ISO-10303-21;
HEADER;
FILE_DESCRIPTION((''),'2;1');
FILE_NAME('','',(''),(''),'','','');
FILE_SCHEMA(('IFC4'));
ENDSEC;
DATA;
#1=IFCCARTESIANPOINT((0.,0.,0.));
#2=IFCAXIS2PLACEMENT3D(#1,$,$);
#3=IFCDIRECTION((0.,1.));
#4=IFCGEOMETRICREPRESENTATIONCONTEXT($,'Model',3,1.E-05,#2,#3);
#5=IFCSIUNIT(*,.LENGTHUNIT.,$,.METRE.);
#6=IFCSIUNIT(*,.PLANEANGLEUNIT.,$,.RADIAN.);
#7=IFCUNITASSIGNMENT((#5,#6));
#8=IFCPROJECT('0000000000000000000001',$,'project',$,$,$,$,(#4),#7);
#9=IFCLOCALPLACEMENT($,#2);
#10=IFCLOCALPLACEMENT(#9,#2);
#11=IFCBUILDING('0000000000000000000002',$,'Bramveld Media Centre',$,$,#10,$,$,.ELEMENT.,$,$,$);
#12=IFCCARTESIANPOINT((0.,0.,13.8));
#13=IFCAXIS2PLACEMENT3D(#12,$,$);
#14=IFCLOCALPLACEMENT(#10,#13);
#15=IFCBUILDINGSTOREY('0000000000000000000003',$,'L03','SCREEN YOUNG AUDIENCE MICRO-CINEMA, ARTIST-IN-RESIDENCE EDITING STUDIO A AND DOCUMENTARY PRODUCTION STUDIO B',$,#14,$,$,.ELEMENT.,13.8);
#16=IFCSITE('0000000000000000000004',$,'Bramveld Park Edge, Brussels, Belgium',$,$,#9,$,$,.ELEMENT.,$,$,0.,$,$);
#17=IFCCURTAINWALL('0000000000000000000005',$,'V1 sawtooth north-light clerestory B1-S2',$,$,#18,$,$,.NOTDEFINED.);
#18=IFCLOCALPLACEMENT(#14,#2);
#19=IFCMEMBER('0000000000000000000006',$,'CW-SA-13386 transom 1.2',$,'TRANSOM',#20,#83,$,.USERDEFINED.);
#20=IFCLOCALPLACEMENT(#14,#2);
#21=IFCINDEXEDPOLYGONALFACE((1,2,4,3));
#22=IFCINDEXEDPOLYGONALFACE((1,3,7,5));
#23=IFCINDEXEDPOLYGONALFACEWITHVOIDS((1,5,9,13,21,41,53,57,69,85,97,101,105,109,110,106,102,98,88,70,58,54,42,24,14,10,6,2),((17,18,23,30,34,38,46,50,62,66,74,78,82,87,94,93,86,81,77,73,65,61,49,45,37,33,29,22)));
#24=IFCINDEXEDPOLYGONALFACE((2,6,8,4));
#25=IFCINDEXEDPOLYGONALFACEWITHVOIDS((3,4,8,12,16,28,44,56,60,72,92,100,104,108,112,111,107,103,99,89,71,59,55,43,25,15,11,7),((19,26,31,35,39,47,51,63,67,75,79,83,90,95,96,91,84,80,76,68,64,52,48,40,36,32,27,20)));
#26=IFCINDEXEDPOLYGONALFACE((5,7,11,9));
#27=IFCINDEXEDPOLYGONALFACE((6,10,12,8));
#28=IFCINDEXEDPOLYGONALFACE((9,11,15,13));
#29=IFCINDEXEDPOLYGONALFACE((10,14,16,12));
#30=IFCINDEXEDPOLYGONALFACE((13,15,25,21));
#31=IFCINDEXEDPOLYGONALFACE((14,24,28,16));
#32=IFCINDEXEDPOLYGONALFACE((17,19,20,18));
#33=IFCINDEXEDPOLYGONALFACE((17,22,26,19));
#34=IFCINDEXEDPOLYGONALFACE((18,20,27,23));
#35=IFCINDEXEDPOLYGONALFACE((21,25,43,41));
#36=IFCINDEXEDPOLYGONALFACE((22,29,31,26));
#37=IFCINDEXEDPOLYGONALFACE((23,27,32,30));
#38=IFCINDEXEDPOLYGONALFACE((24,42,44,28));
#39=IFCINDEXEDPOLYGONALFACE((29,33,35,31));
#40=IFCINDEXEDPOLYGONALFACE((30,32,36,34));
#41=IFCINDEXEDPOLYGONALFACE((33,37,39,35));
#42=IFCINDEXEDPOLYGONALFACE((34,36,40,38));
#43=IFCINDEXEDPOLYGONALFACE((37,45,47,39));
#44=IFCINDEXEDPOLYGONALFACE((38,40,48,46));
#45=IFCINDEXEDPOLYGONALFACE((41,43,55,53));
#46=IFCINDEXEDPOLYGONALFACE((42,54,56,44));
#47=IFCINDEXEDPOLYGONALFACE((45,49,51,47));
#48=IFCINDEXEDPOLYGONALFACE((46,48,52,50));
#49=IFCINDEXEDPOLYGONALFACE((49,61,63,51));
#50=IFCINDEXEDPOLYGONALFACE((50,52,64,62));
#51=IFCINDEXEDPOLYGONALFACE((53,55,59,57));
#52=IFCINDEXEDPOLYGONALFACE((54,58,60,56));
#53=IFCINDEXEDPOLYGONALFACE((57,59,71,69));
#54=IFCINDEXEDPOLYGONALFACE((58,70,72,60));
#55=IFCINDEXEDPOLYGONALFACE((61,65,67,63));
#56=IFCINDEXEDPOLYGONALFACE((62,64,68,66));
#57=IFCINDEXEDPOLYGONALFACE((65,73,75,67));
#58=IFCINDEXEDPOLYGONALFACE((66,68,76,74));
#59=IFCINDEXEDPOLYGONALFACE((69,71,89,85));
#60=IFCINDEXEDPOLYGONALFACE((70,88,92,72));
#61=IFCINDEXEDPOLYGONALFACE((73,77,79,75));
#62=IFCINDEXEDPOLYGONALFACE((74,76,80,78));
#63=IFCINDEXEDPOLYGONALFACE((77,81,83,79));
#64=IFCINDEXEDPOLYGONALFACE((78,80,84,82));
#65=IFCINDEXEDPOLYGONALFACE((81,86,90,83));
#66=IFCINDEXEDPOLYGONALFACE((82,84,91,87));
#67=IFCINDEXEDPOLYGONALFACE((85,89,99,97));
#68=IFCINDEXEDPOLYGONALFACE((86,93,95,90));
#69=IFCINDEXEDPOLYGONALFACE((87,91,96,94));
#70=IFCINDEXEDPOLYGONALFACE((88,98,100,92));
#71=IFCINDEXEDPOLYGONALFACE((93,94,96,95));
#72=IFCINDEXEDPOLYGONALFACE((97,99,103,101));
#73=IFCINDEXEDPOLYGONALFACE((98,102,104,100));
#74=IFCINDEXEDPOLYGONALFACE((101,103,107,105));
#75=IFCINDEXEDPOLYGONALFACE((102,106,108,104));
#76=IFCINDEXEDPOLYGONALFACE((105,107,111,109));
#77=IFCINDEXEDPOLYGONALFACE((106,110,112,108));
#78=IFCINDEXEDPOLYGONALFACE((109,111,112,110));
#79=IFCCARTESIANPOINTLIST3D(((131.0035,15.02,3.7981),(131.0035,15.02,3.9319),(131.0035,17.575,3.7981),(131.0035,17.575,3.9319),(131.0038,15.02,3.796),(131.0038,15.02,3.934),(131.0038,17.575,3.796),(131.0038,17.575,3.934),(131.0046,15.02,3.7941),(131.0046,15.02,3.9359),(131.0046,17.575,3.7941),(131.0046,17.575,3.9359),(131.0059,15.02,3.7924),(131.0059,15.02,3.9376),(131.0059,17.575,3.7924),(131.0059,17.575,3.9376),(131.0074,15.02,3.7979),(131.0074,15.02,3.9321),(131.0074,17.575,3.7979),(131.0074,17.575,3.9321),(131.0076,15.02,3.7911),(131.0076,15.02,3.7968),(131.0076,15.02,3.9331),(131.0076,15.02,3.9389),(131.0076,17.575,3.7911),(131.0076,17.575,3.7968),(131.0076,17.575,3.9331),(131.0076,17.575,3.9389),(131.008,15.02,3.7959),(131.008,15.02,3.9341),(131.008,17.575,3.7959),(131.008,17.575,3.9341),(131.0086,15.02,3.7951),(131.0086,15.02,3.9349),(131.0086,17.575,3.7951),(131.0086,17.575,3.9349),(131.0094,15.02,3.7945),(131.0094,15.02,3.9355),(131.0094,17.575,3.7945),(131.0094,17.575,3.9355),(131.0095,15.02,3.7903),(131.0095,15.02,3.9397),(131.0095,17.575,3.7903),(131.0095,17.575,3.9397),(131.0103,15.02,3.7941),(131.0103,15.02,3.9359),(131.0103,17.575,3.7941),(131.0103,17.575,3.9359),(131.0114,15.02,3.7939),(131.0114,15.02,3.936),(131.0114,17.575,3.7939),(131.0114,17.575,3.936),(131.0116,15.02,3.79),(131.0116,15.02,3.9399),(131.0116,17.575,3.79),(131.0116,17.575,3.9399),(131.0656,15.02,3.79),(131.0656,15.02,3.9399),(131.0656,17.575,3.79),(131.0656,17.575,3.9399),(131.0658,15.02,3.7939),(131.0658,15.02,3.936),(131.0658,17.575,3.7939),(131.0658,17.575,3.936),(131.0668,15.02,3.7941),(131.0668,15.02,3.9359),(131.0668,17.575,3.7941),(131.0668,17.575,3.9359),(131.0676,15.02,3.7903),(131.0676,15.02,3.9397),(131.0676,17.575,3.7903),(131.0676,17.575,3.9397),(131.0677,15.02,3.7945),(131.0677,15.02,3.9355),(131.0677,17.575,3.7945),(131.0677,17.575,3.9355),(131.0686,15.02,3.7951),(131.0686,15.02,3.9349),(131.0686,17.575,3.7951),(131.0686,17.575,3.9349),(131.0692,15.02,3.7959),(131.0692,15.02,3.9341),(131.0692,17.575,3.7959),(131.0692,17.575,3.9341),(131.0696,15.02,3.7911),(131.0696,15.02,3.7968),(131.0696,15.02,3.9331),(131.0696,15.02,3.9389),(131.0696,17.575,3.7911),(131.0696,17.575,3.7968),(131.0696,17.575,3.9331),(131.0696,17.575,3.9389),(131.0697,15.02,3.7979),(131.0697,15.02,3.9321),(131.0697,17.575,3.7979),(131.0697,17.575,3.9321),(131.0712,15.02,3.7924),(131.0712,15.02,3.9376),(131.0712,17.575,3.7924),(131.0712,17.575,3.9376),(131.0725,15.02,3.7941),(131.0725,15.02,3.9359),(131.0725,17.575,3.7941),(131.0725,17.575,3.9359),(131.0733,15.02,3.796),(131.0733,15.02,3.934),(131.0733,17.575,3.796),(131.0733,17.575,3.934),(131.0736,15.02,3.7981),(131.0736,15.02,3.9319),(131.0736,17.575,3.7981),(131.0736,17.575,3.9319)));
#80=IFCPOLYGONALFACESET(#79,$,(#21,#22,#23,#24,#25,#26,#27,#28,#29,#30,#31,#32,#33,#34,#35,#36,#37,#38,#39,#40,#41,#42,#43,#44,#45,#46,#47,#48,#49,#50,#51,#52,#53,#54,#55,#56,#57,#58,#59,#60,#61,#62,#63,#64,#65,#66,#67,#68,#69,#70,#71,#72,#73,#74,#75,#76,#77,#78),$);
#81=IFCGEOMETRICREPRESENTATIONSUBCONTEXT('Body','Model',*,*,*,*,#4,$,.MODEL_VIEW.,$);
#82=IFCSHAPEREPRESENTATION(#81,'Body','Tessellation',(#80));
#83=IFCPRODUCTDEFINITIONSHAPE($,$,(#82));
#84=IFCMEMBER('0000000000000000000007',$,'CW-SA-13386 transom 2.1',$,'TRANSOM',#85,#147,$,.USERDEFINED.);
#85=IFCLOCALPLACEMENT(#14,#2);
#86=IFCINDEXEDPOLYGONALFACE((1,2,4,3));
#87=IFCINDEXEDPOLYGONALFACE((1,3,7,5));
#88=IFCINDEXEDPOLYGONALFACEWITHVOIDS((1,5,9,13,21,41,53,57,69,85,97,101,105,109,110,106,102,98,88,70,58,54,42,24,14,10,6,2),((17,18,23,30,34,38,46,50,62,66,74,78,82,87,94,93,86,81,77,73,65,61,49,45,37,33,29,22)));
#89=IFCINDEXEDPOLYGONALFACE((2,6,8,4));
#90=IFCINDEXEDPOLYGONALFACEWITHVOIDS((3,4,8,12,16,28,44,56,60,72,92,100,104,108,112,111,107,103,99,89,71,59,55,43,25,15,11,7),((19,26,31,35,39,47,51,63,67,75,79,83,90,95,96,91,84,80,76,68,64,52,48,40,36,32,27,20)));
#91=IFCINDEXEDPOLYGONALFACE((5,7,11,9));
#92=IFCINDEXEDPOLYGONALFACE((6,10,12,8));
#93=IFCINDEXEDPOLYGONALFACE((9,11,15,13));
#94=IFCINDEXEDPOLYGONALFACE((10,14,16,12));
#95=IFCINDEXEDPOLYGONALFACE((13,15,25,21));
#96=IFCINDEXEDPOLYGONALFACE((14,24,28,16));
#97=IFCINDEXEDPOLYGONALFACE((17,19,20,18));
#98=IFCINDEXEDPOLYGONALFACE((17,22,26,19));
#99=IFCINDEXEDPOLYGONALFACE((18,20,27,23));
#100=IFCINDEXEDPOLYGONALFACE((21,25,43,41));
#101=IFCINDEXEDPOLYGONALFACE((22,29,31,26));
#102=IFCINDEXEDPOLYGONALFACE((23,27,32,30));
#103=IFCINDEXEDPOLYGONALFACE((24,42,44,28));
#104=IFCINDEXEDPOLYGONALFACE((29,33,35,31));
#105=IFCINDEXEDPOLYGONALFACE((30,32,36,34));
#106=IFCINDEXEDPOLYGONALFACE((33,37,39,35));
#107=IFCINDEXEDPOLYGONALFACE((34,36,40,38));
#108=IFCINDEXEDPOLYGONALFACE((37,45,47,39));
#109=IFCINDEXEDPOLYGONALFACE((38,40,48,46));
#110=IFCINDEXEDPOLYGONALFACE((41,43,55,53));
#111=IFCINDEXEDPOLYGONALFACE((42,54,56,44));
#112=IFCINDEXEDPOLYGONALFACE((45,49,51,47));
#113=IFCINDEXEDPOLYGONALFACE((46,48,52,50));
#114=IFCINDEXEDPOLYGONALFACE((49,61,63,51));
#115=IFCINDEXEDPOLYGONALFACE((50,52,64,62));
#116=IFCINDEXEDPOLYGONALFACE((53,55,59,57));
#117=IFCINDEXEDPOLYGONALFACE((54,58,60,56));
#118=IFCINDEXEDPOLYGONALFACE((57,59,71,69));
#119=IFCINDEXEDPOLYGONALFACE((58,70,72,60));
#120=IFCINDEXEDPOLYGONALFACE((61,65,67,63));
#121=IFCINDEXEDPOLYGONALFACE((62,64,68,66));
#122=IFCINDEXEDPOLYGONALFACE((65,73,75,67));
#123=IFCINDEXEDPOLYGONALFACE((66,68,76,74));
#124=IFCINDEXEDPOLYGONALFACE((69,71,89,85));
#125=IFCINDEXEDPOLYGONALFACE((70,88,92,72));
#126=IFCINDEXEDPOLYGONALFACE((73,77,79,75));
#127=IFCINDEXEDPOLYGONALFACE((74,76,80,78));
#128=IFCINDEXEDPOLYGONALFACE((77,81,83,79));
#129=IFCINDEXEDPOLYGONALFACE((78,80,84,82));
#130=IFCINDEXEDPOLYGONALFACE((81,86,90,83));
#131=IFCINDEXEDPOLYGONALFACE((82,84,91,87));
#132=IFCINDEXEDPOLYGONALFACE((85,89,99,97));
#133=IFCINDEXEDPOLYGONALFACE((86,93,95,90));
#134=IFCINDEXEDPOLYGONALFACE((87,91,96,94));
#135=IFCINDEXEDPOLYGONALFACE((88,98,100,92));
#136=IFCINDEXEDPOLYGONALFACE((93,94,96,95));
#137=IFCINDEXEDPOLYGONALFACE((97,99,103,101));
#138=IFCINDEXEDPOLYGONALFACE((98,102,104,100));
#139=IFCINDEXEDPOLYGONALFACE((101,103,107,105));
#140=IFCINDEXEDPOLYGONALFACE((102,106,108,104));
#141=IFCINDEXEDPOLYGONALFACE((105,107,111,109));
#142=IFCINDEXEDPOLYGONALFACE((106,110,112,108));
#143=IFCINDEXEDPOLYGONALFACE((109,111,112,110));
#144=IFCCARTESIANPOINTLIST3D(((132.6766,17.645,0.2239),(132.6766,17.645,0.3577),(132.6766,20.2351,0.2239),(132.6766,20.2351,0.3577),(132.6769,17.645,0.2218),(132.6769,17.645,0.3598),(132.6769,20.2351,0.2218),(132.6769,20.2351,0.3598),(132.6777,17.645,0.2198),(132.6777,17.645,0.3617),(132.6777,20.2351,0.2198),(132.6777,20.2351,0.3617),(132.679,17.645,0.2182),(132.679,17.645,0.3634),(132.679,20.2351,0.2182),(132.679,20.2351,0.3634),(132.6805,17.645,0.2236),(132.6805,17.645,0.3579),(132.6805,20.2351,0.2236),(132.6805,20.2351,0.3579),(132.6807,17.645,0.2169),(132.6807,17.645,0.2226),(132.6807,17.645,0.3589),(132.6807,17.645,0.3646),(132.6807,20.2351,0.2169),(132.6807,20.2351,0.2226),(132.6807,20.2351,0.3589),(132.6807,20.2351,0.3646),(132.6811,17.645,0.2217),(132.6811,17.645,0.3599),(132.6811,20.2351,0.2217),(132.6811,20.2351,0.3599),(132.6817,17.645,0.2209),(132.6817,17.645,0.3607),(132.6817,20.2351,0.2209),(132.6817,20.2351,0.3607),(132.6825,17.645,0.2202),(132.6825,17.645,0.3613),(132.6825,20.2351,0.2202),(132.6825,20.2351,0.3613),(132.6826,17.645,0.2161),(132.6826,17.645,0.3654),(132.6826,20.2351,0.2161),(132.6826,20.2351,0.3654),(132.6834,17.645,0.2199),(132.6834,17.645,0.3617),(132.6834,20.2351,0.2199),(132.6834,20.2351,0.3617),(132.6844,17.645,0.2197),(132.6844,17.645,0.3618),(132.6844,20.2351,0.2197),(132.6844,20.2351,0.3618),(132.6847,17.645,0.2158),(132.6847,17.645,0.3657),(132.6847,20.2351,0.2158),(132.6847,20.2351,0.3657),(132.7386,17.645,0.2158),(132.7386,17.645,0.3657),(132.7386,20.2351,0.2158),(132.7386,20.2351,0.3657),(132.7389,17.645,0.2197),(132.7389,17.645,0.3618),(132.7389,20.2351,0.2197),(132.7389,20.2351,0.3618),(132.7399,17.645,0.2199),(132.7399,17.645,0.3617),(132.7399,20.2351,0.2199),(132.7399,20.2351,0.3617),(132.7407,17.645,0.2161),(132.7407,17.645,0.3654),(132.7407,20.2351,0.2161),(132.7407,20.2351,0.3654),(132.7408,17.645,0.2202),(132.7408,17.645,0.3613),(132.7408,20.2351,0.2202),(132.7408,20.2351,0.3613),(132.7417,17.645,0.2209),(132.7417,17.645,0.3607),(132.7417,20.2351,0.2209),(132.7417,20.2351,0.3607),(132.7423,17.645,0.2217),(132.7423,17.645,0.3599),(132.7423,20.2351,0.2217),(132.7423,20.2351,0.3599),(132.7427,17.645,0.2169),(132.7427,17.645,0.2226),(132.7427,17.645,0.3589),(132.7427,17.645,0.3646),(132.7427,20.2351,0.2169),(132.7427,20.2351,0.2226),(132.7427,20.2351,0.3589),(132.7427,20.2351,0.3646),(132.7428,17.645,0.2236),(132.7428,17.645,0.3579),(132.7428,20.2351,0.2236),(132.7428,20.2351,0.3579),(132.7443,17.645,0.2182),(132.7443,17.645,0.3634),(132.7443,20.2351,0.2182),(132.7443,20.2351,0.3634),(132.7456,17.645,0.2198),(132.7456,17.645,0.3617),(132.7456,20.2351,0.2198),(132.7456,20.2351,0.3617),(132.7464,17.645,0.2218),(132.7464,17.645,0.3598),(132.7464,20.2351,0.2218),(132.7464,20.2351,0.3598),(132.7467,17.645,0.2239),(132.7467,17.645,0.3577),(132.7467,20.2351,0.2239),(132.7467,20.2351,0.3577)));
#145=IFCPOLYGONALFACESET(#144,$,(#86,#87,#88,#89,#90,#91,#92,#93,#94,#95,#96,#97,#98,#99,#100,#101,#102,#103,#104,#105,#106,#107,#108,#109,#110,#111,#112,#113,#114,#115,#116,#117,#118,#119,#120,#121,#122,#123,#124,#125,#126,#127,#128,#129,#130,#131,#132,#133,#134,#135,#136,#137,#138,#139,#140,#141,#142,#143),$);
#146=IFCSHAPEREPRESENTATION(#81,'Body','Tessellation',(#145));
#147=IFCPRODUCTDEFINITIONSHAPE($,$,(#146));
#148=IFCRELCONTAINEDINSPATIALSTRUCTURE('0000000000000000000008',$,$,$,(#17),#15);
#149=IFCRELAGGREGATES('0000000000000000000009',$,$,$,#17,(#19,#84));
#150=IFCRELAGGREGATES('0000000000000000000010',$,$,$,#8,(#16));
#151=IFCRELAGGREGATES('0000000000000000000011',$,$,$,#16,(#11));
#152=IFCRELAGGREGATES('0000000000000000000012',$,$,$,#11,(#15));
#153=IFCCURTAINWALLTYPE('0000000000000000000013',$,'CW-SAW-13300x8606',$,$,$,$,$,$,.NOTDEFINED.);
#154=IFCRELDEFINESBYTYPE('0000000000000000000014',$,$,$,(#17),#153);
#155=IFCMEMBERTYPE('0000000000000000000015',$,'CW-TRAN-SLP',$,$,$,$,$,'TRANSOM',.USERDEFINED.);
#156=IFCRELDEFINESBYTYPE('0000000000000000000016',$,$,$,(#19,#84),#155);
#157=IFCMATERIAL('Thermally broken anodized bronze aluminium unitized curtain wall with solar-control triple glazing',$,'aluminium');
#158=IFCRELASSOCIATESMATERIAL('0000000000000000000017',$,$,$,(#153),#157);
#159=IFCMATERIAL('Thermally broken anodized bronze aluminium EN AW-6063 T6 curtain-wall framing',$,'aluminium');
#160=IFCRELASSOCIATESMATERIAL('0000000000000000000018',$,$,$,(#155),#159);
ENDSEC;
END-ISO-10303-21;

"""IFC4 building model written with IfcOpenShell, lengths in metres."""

from ifc_helpers import new_model, si_unit, direction, frame, origin, origin_2d, place, context, subcontext, project, spatial, hollow_rectangle, extrude, material, material_profile, profile_set, type_object, element, aggregate, save


model = new_model("IFC4")

# Units and contexts
model_context = context("Model", 3, precision=1e-05, world=origin(), true_north=direction((0.0, 1.0)))
body_context = subcontext(model_context, "Body", "Model", "MODEL_VIEW")
ifc_project = project(units=[si_unit("LENGTHUNIT", "METRE"), si_unit("PLANEANGLEUNIT", "RADIAN")], contexts=[model_context])

# Site, building, storey
site_placement = place(None, origin())
site = spatial("IfcSite", under=ifc_project, at=site_placement, Name="Bramveld Park Edge, Brussels, Belgium", CompositionType="ELEMENT", RefElevation=0.0)
building_placement = place(site_placement, origin())
building = spatial("IfcBuilding", under=site, at=building_placement, Name="Bramveld Media Centre", CompositionType="ELEMENT")
storey_placement = place(building_placement, frame((0.0, 0.0, 13.8)))
storey = spatial("IfcBuildingStorey", under=building, at=storey_placement, Name="L03", Description="SCREEN YOUNG AUDIENCE MICRO-CINEMA, ARTIST-IN-RESIDENCE EDITING STUDIO A AND DOCUMENTARY PRODUCTION STUDIO B", CompositionType="ELEMENT", Elevation=13.8)

# Shared definitions
ifc_material_1 = material(Name="Thermally broken anodized bronze aluminium unitized curtain wall with solar-control triple glazing", Category="aluminium")
curtain_wall_type = type_object("IfcCurtainWallType", Name="CW-SAW-13300x8606", PredefinedType="NOTDEFINED", material=ifc_material_1)
ifc_material_2 = material(Name="Thermally broken anodized bronze aluminium EN AW-6063 T6 curtain-wall framing", Category="aluminium")
ifc_material_profile = material_profile(ifc_material_2, hollow_rectangle(XDim=0.0701, YDim=0.1499, WallThickness=0.0039, InnerFilletRadius=0.0039, OuterFilletRadius=0.0081, at=origin_2d()), Name="AL-TRAN 70x150")
ifc_profile_set = profile_set([ifc_material_profile], Name="Thermally broken anodized bronze aluminium EN AW-6063 T6 curtain-wall framing")
member_type = type_object("IfcMemberType", Name="CW-TRAN-SLP", ElementType="TRANSOM", PredefinedType="USERDEFINED", material=ifc_profile_set)

# Curtain wall, members
curtain_wall_1_placement = place(storey_placement, origin())
curtain_wall_1 = element("IfcCurtainWall", 1, at=curtain_wall_1_placement, inside=storey, type_object=curtain_wall_type, Name="V1 sawtooth north-light clerestory B1-S2", PredefinedType="NOTDEFINED")
member_1_placement = place(storey_placement, frame((131.0386, 15.02, 3.865), z_axis=(0.0, 1.0, 0.0), x_axis=(-1.0, 0.0, 0.0)))
member_1 = element("IfcMember", 2, at=member_1_placement, type_object=member_type, Name="CW-SA-13386 transom 1.2", ObjectType="TRANSOM", PredefinedType="USERDEFINED", context=body_context, shape_type="SweptSolid", body=[
    extrude(hollow_rectangle(XDim=0.0701, YDim=0.1499, WallThickness=0.0039, InnerFilletRadius=0.0039, OuterFilletRadius=0.0081, at=origin_2d()), origin(), (0.0, 0.0, 1.0), 2.5549),
])
member_2_placement = place(storey_placement, frame((132.7117, 17.645, 0.2908), z_axis=(0.0, 1.0, 0.0), x_axis=(-1.0, 0.0, 0.0)))
member_2 = element("IfcMember", 3, at=member_2_placement, type_object=member_type, Name="CW-SA-13386 transom 2.1", ObjectType="TRANSOM", PredefinedType="USERDEFINED", context=body_context, shape_type="SweptSolid", body=[
    extrude(hollow_rectangle(XDim=0.0701, YDim=0.1499, WallThickness=0.0039, InnerFilletRadius=0.0039, OuterFilletRadius=0.0081, at=origin_2d()), origin(), (0.0, 0.0, 1.0), 2.5901),
])

aggregate(curtain_wall_1, [member_1, member_2])

save(model, "model.ifc")
